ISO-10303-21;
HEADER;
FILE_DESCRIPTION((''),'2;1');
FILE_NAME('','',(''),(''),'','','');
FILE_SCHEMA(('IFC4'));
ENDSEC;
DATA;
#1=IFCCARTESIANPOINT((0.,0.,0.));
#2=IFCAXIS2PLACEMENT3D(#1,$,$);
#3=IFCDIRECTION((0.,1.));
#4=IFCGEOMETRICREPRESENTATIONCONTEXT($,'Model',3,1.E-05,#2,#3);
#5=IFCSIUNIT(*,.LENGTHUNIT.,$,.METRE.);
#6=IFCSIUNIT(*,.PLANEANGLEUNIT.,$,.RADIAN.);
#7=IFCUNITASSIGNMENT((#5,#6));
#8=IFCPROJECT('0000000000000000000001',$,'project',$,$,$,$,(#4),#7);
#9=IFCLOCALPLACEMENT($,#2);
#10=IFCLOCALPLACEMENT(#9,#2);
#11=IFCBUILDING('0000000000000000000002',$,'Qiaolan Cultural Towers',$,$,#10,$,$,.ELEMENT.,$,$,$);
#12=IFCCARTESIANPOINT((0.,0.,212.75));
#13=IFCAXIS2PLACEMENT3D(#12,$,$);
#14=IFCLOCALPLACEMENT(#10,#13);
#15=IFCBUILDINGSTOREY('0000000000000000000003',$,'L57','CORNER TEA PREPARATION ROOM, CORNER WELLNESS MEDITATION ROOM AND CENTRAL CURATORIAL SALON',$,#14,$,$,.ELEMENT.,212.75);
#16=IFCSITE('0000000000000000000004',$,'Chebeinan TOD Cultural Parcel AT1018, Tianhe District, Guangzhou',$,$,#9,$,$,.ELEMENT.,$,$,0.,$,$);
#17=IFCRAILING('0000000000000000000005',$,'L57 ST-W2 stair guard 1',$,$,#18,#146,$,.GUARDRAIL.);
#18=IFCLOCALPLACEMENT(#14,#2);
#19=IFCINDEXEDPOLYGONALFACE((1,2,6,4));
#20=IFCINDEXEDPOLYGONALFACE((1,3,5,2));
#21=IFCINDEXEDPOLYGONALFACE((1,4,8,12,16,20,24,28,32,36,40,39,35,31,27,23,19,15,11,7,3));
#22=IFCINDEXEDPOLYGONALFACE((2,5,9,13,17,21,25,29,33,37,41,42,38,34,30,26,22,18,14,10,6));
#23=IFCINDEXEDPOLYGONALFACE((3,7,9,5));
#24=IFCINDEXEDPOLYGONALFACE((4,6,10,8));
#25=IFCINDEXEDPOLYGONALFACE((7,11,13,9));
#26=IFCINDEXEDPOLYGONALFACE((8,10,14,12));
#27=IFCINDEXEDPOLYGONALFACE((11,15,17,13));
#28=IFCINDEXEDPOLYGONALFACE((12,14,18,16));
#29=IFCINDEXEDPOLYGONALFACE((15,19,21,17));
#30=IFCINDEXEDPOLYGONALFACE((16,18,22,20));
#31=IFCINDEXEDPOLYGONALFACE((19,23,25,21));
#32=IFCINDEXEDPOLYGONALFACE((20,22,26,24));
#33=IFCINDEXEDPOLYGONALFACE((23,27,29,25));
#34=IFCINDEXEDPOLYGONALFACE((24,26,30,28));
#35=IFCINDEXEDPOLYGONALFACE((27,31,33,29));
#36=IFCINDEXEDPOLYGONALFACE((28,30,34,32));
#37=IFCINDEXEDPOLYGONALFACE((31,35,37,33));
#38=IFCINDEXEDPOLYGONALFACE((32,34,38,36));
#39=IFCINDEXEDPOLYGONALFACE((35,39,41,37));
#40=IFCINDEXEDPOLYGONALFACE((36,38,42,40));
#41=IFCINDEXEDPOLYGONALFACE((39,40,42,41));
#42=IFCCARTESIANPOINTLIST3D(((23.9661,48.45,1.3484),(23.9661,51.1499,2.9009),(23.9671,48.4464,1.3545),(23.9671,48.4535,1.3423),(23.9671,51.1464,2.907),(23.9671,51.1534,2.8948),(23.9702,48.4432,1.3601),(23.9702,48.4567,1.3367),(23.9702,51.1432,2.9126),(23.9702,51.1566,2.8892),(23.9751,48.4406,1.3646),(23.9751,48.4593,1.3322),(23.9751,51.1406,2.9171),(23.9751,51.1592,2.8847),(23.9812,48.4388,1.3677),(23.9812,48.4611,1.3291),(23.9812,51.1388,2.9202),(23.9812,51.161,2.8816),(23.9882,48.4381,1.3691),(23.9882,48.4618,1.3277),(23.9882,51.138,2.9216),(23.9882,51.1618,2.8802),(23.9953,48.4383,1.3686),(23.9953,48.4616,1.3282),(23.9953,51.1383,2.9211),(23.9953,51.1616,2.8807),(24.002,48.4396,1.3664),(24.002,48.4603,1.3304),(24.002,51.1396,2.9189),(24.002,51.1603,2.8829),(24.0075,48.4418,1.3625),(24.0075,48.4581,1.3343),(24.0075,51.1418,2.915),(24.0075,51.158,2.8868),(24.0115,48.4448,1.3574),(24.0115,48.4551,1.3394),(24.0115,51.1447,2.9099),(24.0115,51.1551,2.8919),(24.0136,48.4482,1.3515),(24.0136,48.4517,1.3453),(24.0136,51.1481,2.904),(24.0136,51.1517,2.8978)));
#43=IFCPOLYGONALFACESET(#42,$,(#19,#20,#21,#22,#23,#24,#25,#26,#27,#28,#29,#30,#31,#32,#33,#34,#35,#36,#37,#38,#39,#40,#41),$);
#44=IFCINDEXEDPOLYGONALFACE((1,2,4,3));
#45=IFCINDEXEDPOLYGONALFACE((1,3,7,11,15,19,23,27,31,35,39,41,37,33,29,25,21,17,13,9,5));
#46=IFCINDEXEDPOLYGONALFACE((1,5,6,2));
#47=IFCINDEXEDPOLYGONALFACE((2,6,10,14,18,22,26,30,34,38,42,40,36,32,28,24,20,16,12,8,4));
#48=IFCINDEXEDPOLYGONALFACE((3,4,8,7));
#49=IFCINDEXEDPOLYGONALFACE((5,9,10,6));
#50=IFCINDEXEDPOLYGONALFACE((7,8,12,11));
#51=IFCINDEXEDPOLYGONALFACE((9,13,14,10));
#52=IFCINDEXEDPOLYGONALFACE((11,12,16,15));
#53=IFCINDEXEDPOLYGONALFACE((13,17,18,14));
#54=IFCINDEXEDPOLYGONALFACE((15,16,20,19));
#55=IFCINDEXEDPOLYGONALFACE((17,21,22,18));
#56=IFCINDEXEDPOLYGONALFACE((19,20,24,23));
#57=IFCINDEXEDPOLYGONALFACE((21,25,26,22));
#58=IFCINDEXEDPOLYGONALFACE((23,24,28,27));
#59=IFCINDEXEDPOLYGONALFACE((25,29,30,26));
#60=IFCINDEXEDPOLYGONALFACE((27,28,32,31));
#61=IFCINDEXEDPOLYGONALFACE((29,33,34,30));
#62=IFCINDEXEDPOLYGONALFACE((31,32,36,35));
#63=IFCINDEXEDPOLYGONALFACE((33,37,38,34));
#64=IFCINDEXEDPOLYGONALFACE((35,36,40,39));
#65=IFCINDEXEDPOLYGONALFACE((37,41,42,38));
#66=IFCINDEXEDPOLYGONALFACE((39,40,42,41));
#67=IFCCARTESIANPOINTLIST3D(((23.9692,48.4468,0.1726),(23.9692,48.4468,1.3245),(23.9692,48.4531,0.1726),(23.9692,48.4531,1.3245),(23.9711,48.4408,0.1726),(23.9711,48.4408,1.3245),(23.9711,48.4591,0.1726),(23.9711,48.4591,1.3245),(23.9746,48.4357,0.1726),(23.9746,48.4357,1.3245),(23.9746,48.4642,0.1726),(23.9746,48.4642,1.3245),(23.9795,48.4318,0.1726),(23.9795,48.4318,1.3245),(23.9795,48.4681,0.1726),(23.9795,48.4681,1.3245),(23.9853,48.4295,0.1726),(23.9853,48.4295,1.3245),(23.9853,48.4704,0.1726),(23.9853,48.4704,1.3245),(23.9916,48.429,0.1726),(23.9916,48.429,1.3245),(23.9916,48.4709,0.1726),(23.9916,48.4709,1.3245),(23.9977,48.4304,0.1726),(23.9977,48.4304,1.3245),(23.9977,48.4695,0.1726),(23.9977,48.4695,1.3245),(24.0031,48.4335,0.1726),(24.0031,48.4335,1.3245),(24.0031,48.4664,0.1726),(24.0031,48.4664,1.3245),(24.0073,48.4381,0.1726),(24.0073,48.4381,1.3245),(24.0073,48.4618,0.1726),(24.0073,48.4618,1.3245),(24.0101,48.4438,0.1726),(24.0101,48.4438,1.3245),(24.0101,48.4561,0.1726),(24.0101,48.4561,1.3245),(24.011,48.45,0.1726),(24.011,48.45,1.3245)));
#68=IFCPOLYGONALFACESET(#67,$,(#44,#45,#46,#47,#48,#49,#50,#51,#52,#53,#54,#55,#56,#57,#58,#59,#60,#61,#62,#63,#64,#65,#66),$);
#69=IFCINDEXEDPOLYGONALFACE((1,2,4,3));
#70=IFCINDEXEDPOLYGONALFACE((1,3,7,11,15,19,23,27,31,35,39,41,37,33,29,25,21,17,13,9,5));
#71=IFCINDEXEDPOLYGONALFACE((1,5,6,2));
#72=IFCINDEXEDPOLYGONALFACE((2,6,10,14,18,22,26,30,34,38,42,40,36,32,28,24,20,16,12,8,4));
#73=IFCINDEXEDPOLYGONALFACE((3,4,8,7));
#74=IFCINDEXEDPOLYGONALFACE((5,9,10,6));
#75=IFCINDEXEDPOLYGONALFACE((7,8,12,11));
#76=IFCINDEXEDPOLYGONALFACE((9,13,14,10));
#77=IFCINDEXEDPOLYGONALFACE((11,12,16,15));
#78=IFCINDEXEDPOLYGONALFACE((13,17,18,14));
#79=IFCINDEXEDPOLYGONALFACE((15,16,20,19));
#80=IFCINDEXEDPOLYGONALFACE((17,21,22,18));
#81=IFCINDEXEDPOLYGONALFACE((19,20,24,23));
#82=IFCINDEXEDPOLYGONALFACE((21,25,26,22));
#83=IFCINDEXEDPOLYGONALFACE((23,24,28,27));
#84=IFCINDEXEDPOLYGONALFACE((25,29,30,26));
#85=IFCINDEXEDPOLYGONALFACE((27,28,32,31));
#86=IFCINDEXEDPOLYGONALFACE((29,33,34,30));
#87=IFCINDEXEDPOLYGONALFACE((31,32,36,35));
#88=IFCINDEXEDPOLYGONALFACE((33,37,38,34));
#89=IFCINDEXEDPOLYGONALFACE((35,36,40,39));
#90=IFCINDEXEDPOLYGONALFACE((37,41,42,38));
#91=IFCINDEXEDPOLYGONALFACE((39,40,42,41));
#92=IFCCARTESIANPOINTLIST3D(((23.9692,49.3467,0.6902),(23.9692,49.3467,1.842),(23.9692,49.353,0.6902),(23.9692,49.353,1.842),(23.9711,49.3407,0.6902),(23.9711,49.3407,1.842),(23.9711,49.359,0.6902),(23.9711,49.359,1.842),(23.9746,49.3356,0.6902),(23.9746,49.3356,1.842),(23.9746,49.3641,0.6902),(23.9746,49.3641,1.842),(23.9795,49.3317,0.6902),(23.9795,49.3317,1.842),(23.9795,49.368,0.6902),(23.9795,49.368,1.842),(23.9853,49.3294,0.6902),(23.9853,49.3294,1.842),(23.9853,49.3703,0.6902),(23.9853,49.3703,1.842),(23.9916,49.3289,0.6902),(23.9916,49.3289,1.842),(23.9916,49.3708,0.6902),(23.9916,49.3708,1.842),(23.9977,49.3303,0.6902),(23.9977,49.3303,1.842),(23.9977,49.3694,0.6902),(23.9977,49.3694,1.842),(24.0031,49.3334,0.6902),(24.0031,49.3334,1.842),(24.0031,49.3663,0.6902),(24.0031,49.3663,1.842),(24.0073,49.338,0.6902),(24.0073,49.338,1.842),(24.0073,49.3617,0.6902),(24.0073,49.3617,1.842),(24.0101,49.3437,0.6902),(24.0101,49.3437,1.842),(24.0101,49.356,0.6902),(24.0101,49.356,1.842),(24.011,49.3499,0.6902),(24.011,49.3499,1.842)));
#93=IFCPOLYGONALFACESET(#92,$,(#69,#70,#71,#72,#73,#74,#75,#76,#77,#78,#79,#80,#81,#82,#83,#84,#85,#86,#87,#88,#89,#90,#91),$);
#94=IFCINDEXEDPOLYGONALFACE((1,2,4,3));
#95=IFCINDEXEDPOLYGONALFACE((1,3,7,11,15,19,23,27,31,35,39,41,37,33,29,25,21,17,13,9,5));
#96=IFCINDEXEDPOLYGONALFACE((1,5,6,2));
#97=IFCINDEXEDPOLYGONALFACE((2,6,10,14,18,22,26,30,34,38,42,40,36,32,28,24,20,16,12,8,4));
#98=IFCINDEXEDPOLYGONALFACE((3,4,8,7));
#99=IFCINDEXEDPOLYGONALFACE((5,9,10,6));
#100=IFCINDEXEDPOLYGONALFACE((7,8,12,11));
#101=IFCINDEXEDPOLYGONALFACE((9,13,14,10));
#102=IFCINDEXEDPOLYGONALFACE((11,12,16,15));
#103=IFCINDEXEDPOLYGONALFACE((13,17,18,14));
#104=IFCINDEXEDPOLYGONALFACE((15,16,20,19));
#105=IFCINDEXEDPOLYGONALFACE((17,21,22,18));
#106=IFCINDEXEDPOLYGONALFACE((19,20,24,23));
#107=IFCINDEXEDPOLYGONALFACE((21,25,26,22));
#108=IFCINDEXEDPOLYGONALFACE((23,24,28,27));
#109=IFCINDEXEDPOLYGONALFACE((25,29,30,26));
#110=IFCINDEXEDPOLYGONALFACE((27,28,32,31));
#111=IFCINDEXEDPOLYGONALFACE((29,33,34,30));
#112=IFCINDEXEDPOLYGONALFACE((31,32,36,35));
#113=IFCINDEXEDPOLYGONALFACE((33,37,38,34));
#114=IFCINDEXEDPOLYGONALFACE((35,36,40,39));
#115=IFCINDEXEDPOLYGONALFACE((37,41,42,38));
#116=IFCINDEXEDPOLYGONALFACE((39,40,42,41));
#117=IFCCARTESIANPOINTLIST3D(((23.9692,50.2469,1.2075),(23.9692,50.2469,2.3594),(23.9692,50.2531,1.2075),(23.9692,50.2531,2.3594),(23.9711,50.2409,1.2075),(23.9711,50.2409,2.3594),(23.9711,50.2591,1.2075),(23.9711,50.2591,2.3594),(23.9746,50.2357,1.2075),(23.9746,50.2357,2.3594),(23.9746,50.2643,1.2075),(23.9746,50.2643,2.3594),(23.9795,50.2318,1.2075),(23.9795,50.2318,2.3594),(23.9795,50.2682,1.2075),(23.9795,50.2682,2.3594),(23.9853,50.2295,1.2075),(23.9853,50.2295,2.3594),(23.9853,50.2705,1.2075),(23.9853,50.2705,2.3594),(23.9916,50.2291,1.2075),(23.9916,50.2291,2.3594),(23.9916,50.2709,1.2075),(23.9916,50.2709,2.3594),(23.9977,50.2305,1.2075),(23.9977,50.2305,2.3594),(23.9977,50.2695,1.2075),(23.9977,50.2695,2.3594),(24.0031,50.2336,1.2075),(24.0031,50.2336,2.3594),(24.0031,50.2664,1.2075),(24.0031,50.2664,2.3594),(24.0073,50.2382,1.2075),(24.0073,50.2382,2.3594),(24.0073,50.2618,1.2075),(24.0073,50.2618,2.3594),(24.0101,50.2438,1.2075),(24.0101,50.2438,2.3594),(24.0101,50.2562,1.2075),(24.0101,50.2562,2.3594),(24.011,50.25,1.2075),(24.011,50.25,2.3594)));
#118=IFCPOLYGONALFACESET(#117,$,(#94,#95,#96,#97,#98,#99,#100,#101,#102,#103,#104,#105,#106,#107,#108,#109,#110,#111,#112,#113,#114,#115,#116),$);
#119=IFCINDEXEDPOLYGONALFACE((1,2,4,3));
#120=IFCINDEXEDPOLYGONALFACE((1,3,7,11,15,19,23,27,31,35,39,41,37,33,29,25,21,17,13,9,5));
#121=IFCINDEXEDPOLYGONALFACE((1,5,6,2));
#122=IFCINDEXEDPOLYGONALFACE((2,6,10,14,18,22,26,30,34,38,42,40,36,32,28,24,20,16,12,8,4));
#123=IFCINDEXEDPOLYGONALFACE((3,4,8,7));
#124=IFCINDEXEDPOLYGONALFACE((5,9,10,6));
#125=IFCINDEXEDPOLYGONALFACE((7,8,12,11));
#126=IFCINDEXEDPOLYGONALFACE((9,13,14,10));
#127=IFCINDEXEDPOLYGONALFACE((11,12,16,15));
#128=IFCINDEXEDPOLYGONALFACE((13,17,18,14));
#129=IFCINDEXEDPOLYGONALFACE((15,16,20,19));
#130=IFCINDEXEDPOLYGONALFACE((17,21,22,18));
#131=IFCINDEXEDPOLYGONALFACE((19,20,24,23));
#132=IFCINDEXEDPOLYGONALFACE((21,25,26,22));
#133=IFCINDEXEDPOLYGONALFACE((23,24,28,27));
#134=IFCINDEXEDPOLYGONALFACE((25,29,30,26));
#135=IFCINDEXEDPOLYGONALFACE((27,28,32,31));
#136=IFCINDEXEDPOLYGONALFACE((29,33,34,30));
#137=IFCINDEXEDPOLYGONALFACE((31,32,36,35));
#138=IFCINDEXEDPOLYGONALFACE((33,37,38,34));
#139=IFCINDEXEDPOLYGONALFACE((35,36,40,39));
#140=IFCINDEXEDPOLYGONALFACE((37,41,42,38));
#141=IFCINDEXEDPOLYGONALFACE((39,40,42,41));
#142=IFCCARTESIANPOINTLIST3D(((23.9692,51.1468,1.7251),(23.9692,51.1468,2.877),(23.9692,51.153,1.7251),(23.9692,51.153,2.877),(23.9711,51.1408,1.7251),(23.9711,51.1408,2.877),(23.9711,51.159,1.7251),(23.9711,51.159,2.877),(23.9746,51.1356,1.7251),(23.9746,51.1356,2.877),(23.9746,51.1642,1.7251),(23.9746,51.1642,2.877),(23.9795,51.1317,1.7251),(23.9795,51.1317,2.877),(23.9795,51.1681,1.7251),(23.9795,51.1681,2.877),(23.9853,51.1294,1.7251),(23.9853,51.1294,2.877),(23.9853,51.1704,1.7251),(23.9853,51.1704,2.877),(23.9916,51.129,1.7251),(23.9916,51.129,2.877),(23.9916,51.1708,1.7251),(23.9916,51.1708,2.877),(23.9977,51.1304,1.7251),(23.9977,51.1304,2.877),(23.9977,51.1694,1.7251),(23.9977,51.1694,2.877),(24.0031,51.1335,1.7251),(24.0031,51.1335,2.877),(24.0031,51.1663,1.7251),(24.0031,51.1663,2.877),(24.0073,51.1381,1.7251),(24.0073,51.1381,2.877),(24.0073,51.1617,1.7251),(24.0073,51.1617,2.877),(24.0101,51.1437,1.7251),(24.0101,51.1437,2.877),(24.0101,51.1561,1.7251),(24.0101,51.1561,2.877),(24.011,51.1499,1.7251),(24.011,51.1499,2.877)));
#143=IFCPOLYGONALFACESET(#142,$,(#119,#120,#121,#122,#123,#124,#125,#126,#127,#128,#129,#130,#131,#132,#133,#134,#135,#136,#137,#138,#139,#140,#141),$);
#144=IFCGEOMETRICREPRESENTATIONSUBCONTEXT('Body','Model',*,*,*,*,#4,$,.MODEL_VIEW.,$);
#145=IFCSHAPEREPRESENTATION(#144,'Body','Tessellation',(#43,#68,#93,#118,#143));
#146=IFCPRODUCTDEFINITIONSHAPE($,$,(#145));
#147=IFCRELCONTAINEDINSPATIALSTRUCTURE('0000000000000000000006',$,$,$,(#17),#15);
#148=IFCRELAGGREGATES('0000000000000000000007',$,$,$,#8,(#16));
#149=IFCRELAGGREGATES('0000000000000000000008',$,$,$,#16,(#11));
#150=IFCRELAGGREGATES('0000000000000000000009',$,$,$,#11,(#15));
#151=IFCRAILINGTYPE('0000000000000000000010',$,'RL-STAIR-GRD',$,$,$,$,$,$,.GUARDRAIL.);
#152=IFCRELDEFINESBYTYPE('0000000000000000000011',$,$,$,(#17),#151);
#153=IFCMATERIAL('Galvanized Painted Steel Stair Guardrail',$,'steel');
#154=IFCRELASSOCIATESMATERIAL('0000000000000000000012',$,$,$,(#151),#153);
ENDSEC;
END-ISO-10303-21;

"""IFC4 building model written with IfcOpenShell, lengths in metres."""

from ifc_helpers import new_model, si_unit, direction, frame, origin, origin_2d, place, context, subcontext, project, spatial, circle, extrude, material, type_object, element, save


model = new_model("IFC4")

# Units and contexts
model_context = context("Model", 3, precision=1e-05, world=origin(), true_north=direction((0.0, 1.0)))
body_context = subcontext(model_context, "Body", "Model", "MODEL_VIEW")
ifc_project = project(units=[si_unit("LENGTHUNIT", "METRE"), si_unit("PLANEANGLEUNIT", "RADIAN")], contexts=[model_context])

# Site, building, storey
site_placement = place(None, origin())
site = spatial("IfcSite", under=ifc_project, at=site_placement, Name="Chebeinan TOD Cultural Parcel AT1018, Tianhe District, Guangzhou", CompositionType="ELEMENT", RefElevation=0.0)
building_placement = place(site_placement, origin())
building = spatial("IfcBuilding", under=site, at=building_placement, Name="Qiaolan Cultural Towers", CompositionType="ELEMENT")
storey_placement = place(building_placement, frame((0.0, 0.0, 212.75)))
storey = spatial("IfcBuildingStorey", under=building, at=storey_placement, Name="L57", Description="CORNER TEA PREPARATION ROOM, CORNER WELLNESS MEDITATION ROOM AND CENTRAL CURATORIAL SALON", CompositionType="ELEMENT", Elevation=212.75)

# Railing
ifc_material_1 = material(Name="Galvanized Painted Steel Stair Guardrail", Category="steel")
railing_type_1 = type_object("IfcRailingType", Name="RL-STAIR-GRD", PredefinedType="GUARDRAIL", material=ifc_material_1)
railing_1_placement = place(storey_placement, frame((23.99, 48.45, 0.1726)))
element("IfcRailing", 1, at=railing_1_placement, inside=storey, type_object=railing_type_1, Name="L57 ST-W2 stair guard 1", PredefinedType="GUARDRAIL", context=body_context, shape_type="SweptSolid", body=[
    extrude(circle(Radius=0.0239, at=origin_2d()), frame((0.0, 0.0, 1.1758), z_axis=(0.0, 0.866904, 0.498476), x_axis=(-1.0, 0.0, 0.0)), (0.0, 0.0, 1.0), 3.1145),
    extrude(circle(Radius=0.021, at=origin_2d()), origin(), (0.0, 0.0, 1.0), 1.1519),
    extrude(circle(Radius=0.021, at=origin_2d()), frame((0.0, 0.8999, 0.5176)), (0.0, 0.0, 1.0), 1.1519),
    extrude(circle(Radius=0.021, at=origin_2d()), frame((0.0, 1.8, 1.0349)), (0.0, 0.0, 1.0), 1.1519),
    extrude(circle(Radius=0.021, at=origin_2d()), frame((0.0, 2.7, 1.5525)), (0.0, 0.0, 1.0), 1.1519),
])

save(model, "model.ifc")
